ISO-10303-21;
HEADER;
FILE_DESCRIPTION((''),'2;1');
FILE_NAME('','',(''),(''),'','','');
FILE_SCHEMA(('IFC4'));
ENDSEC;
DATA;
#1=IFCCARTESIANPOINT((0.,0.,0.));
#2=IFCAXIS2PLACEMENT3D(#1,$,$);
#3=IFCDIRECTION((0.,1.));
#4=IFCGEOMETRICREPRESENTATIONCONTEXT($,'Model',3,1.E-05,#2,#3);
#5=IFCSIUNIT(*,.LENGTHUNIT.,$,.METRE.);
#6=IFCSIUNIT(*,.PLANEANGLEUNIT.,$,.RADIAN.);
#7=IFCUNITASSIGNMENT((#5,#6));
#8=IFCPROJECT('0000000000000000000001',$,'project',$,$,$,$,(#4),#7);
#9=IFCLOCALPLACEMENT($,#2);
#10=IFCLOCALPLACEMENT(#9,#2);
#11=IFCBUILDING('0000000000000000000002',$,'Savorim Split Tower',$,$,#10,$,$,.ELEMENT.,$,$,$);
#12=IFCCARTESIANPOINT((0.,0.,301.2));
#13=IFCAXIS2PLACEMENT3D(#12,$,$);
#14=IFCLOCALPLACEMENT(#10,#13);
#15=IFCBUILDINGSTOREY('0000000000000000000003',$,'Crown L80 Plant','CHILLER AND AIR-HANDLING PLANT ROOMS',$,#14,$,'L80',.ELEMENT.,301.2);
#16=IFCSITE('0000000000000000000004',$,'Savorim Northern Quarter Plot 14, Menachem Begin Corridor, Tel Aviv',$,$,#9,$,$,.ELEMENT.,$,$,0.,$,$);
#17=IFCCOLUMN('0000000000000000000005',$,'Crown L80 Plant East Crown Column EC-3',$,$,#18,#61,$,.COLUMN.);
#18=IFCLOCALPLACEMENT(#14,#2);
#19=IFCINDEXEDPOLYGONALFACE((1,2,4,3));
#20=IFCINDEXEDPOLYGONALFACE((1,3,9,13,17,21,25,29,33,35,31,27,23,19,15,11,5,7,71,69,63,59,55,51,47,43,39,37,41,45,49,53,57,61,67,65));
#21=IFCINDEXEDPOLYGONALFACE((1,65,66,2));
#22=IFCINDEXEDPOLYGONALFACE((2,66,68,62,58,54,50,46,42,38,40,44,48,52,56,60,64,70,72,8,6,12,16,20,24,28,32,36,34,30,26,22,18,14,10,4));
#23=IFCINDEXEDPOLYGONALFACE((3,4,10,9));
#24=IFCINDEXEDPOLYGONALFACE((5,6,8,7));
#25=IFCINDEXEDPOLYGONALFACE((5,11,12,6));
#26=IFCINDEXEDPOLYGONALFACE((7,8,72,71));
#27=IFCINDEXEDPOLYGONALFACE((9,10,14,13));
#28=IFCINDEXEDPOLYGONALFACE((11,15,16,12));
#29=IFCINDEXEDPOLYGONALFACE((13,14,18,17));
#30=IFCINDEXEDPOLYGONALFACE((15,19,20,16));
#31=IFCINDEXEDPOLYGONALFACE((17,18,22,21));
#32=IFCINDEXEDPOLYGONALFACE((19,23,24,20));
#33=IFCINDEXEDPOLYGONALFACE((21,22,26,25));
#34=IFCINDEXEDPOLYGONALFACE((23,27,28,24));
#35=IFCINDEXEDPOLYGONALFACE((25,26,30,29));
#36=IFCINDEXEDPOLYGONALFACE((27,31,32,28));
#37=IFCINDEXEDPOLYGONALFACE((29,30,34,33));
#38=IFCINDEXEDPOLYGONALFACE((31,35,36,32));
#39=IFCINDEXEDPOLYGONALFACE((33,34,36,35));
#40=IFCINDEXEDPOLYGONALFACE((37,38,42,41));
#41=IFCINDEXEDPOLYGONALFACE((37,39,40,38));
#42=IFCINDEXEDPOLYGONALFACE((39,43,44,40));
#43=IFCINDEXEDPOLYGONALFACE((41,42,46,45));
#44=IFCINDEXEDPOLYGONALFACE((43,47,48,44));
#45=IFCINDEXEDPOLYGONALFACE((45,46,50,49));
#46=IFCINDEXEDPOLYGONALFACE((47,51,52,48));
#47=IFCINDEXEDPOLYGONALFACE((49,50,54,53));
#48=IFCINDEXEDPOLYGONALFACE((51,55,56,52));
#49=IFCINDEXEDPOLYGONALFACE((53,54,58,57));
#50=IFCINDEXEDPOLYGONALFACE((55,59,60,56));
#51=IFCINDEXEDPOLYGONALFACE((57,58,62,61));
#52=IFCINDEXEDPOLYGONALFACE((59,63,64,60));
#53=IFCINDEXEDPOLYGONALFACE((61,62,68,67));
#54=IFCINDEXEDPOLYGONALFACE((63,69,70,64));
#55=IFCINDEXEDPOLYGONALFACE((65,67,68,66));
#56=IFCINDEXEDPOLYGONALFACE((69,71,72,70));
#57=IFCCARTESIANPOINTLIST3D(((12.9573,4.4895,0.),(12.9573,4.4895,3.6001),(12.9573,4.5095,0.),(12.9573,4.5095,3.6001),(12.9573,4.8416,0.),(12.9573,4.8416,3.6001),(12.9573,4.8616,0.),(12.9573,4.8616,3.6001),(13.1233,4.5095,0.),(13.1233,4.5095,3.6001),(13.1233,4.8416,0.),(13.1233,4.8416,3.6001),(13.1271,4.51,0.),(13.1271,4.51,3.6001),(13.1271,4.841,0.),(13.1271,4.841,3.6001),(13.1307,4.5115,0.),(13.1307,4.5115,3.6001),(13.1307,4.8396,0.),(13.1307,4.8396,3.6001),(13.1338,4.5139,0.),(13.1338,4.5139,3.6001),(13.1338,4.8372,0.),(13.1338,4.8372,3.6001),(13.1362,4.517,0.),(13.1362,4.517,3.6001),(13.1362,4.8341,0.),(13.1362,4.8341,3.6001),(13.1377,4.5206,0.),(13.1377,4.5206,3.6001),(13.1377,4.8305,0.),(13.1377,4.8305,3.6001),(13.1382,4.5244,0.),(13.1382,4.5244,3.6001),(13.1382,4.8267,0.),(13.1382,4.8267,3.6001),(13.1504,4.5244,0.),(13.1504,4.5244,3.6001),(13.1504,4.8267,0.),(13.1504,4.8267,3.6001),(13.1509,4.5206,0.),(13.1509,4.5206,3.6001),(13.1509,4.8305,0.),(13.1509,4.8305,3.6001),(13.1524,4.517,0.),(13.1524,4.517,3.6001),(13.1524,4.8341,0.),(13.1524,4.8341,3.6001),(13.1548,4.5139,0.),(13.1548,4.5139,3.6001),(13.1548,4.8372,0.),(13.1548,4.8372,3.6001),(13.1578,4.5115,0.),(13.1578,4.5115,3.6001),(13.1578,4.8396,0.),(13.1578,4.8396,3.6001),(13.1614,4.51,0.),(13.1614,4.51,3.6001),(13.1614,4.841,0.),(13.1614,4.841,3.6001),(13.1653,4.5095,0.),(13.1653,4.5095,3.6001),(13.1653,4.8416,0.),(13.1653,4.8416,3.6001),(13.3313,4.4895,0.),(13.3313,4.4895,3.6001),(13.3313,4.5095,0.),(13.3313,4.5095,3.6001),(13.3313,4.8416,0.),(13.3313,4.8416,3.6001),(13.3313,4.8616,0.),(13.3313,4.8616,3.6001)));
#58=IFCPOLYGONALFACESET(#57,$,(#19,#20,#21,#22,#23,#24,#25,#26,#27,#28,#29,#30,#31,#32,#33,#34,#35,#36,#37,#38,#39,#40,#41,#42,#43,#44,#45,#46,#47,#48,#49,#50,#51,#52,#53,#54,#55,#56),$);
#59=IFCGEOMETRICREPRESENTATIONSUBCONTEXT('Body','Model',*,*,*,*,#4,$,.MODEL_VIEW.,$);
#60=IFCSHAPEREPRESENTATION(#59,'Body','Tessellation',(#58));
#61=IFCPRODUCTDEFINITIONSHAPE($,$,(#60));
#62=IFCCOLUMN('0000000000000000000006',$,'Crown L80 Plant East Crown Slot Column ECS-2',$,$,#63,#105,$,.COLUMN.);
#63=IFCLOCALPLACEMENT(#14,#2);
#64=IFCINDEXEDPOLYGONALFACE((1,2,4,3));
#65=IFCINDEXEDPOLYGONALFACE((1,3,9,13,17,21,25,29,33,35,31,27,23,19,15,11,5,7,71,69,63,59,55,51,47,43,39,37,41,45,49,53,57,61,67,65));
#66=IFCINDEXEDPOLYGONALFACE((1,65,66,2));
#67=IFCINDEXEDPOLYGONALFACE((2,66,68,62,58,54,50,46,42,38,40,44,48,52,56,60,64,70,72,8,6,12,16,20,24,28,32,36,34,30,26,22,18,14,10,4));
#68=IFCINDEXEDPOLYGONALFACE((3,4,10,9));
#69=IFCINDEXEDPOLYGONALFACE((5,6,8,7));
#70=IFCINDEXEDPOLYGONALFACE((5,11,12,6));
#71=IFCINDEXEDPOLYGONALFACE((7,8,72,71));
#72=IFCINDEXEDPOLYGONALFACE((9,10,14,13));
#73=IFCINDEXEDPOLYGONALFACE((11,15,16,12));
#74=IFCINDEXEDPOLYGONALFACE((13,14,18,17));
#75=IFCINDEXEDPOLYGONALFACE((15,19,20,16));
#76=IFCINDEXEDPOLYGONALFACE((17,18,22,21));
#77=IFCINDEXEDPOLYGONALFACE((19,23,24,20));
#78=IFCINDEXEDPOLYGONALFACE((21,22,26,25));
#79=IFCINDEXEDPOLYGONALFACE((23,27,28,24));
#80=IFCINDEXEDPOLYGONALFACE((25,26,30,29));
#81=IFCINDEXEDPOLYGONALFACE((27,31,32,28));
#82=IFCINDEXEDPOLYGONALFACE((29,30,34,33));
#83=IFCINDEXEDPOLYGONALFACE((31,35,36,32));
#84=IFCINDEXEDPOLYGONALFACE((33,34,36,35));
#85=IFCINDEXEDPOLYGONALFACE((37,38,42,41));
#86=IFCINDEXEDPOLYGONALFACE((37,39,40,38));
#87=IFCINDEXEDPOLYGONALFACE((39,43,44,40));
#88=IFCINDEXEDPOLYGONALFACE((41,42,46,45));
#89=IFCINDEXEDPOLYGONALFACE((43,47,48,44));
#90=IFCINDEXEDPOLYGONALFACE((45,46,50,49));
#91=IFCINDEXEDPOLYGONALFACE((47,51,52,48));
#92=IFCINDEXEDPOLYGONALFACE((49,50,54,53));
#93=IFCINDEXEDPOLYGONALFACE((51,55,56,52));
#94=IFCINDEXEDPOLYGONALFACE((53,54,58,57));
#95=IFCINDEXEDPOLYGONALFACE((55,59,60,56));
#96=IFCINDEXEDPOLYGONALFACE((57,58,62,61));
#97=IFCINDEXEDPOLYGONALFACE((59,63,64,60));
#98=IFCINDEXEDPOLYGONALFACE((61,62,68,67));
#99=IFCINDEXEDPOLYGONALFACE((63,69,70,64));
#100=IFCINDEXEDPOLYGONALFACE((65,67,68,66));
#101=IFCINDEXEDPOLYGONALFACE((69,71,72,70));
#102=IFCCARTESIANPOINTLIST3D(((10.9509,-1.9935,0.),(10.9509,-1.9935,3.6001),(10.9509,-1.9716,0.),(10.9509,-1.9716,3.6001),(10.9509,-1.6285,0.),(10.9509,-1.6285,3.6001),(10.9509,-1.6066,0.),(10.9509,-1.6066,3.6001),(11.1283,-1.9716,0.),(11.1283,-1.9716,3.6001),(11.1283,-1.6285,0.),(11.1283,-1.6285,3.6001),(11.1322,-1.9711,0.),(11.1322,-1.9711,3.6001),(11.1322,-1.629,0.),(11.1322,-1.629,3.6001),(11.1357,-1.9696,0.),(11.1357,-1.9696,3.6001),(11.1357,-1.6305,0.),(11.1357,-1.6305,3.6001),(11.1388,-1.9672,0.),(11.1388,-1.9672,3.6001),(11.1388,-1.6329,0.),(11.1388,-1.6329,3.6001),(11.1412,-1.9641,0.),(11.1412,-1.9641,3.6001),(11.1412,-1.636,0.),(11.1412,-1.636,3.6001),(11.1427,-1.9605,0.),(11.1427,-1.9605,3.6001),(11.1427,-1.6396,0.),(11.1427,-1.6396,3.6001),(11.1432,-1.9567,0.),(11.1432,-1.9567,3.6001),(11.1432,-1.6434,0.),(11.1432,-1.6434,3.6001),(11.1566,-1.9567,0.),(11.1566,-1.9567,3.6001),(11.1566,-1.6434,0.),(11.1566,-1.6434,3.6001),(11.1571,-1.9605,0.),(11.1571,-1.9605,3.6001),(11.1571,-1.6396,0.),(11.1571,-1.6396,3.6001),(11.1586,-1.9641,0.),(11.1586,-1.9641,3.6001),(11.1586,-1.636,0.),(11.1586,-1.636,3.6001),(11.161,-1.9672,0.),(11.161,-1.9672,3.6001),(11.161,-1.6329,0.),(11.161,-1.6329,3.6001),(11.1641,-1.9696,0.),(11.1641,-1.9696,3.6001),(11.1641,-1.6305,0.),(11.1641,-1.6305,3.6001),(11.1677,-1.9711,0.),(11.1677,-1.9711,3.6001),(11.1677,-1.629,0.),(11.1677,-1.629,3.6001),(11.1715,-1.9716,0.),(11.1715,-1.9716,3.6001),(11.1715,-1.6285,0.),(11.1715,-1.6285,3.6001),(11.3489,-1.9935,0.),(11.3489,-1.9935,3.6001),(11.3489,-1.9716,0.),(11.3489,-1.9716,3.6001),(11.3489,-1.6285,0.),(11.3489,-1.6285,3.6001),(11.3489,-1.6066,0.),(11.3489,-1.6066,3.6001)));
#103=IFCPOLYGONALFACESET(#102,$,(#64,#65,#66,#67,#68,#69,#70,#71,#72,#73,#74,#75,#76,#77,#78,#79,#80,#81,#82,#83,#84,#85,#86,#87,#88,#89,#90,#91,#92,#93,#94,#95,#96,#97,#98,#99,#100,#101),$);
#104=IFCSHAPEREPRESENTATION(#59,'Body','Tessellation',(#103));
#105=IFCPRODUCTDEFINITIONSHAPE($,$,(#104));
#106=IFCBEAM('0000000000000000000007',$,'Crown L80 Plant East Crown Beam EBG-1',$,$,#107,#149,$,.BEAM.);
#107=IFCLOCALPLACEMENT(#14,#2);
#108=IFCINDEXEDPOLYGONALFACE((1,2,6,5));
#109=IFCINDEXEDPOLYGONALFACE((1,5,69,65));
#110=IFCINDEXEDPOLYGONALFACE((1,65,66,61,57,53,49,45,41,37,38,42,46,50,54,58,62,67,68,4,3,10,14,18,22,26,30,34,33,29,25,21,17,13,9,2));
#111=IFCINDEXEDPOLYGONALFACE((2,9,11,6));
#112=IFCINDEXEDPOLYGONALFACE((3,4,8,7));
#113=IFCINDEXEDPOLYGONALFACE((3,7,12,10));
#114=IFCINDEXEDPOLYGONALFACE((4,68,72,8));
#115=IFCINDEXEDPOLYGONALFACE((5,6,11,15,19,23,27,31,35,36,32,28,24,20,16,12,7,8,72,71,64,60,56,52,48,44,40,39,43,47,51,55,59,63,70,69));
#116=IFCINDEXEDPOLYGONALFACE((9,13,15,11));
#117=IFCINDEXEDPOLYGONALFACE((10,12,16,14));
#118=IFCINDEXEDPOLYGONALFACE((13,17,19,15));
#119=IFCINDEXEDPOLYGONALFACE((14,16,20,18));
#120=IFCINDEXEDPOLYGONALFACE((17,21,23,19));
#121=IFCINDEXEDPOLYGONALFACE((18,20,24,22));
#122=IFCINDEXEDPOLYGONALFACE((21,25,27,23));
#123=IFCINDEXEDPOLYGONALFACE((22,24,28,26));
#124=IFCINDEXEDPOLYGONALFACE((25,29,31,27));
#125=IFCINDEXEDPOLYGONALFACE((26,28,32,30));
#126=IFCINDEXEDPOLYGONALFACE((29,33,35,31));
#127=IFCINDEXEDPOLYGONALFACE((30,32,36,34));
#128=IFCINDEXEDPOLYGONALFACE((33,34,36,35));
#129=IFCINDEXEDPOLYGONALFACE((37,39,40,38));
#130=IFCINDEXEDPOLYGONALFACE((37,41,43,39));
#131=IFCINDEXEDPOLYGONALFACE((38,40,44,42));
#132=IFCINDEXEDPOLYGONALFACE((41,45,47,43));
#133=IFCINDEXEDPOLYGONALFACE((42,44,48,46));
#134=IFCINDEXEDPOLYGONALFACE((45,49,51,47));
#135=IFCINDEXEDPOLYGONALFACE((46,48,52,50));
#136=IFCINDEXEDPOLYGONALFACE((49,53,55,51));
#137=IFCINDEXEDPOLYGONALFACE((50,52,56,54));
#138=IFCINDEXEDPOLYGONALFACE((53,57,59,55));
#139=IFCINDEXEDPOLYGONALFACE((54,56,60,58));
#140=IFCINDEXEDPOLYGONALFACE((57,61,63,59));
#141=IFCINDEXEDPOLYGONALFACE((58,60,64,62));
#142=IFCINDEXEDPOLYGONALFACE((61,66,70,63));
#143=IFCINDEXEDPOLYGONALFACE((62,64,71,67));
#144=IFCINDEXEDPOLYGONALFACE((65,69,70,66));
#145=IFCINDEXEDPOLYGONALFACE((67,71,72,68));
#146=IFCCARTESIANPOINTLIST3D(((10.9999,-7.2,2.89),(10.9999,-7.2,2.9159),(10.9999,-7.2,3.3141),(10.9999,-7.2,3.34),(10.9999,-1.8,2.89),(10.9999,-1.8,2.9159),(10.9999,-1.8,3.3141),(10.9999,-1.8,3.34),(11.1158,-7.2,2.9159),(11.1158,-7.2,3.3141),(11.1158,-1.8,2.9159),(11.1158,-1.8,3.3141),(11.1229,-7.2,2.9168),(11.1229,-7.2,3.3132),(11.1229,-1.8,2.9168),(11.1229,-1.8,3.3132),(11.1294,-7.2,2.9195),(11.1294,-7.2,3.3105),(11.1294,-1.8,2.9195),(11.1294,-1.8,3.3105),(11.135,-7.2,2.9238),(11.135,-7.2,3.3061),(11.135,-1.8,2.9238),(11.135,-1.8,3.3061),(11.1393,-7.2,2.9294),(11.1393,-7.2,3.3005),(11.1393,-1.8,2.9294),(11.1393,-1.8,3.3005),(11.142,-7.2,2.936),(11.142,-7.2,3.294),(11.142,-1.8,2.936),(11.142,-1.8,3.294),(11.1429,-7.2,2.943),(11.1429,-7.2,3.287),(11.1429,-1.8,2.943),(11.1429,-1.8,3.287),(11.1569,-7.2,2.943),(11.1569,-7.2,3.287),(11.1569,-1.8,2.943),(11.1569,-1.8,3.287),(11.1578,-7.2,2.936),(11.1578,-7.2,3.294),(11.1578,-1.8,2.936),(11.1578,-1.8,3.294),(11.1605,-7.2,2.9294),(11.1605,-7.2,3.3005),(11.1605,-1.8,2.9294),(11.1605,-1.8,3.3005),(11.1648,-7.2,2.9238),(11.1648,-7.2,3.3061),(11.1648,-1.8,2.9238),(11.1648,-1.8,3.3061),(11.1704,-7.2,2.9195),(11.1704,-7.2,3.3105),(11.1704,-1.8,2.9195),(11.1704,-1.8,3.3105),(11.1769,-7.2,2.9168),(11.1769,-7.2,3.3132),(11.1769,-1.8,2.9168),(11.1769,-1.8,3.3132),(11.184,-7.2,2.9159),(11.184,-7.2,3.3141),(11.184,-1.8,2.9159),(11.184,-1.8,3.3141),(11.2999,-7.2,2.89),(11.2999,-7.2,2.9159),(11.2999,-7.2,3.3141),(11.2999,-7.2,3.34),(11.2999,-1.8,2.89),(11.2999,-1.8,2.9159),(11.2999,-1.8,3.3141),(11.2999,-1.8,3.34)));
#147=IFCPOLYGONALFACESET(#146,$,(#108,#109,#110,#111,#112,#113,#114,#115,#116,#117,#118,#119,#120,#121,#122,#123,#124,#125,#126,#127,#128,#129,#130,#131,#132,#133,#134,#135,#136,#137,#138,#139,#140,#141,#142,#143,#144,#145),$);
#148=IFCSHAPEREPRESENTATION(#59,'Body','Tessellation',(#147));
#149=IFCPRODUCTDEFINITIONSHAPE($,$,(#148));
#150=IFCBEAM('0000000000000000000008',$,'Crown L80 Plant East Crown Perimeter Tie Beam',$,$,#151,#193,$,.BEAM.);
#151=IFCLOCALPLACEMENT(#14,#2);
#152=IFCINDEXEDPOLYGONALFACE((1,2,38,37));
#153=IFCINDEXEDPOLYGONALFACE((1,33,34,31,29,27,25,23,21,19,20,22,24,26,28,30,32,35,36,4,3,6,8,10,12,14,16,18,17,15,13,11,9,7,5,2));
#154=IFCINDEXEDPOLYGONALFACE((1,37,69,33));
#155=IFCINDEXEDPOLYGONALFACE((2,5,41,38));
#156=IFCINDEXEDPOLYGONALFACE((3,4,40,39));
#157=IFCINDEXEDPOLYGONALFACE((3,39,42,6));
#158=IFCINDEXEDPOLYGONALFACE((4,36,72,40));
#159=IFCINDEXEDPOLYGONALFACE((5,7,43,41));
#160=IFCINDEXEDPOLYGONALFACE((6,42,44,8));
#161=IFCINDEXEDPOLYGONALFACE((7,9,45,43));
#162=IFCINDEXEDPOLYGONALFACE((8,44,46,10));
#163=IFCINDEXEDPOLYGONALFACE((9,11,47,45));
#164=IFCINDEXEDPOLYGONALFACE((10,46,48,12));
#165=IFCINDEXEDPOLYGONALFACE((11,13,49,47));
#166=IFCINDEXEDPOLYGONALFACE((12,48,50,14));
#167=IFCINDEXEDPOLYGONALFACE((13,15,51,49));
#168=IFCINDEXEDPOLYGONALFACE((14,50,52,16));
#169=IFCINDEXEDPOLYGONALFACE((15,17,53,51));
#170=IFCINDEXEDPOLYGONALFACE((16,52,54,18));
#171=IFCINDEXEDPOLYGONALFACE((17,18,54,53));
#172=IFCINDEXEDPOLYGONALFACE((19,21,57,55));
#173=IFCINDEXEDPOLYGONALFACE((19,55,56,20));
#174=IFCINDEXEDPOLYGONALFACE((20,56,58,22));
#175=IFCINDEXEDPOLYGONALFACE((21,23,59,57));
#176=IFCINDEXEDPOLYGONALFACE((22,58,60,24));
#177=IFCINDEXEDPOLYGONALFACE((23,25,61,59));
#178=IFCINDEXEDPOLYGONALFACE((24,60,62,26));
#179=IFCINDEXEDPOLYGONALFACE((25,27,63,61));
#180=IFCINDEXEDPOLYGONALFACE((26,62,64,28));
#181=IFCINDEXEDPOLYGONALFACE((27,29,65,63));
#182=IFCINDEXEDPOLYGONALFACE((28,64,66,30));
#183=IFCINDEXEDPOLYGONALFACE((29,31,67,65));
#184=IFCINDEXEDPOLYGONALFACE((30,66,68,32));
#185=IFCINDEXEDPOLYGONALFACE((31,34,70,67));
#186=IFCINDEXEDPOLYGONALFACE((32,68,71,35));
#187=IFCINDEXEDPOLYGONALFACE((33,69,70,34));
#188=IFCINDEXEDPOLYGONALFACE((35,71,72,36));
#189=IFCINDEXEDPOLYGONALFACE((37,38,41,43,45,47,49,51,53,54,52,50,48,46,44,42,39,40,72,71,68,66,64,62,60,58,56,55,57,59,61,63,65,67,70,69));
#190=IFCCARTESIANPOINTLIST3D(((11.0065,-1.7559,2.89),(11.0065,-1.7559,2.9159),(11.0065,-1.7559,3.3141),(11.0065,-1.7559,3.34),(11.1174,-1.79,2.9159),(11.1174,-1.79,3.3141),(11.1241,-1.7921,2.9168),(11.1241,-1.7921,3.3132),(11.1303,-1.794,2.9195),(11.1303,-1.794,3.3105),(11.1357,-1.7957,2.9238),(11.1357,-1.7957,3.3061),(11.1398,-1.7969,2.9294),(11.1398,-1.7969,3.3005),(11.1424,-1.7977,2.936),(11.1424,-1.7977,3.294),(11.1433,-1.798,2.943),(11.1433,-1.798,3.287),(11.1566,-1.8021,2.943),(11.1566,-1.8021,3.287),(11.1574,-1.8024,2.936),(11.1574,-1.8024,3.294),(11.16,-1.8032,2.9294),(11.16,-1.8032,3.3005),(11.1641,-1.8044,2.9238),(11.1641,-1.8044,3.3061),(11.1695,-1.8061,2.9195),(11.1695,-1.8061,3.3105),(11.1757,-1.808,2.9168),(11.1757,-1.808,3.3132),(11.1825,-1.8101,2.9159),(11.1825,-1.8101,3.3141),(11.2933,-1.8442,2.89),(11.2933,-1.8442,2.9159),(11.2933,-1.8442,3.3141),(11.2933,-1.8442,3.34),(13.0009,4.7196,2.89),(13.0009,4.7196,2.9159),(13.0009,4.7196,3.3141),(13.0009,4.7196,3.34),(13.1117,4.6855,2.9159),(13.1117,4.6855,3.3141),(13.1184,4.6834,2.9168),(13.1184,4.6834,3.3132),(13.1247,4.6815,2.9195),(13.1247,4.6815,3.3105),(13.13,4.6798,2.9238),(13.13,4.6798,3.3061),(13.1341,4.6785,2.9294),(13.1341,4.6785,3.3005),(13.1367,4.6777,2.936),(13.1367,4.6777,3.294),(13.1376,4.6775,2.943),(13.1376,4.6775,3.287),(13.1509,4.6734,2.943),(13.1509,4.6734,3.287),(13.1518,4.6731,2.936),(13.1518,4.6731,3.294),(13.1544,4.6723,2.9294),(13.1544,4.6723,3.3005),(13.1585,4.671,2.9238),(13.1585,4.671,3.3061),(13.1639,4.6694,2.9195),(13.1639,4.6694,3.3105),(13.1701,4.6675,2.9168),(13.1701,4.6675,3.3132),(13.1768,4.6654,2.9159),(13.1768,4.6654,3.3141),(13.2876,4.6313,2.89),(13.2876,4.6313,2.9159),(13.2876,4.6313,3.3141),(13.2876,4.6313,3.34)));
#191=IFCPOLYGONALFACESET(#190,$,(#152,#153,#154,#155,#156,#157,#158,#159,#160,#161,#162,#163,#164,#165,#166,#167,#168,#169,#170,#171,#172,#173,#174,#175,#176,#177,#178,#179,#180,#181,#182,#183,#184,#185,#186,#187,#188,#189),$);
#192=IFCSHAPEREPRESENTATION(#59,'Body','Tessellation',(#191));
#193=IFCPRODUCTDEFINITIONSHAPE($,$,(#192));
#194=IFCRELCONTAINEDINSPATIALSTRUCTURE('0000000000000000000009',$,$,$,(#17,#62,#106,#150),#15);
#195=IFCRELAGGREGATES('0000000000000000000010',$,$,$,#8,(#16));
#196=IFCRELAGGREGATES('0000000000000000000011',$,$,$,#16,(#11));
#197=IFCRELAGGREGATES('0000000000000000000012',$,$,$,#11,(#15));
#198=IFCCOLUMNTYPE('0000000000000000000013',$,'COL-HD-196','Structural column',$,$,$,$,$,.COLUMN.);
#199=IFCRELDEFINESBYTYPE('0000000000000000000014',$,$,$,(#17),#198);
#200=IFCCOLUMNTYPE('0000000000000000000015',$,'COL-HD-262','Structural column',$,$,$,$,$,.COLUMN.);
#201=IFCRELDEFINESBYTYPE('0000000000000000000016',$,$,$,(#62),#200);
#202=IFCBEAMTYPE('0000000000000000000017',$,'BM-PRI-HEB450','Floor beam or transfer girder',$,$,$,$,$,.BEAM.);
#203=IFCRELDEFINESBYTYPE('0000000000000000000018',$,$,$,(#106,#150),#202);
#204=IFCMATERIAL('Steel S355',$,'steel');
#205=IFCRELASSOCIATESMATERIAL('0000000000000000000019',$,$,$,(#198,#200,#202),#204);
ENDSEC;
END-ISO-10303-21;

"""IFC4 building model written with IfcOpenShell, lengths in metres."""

from ifc_helpers import new_model, si_unit, direction, frame, origin, origin_2d, place, context, subcontext, project, spatial, i_section, extrude, material, material_profile, profile_set, type_object, element, save


model = new_model("IFC4")

# Units and contexts
model_context = context("Model", 3, precision=1e-05, world=origin(), true_north=direction((0.0, 1.0)))
body_context = subcontext(model_context, "Body", "Model", "MODEL_VIEW")
ifc_project = project(units=[si_unit("LENGTHUNIT", "METRE"), si_unit("PLANEANGLEUNIT", "RADIAN")], contexts=[model_context])

# Site, building, storey
site_placement = place(None, origin())
site = spatial("IfcSite", under=ifc_project, at=site_placement, Name="Savorim Northern Quarter Plot 14, Menachem Begin Corridor, Tel Aviv", CompositionType="ELEMENT", RefElevation=0.0)
building_placement = place(site_placement, origin())
building = spatial("IfcBuilding", under=site, at=building_placement, Name="Savorim Split Tower", CompositionType="ELEMENT")
storey_placement = place(building_placement, frame((0.0, 0.0, 301.2)))
storey = spatial("IfcBuildingStorey", under=building, at=storey_placement, Name="Crown L80 Plant", Description="CHILLER AND AIR-HANDLING PLANT ROOMS", LongName="L80", CompositionType="ELEMENT", Elevation=301.2)

# Columns
ifc_material_1 = material(Name="Steel S355", Category="steel")
ifc_material_profile_1 = material_profile(ifc_material_1, i_section(OverallWidth=0.374, OverallDepth=0.3721, WebThickness=0.0122, FlangeThickness=0.02, FilletRadius=0.0149, at=origin_2d()), Name="HD 360x196")
ifc_profile_set_1 = profile_set([ifc_material_profile_1], Name="Steel S355")
column_type_1 = type_object("IfcColumnType", Name="COL-HD-196", Description="Structural column", PredefinedType="COLUMN", material=ifc_profile_set_1)
column_1_placement = place(storey_placement, frame((13.1443, 4.6755, 0.0), z_axis=(0.0, 0.0, 1.0), x_axis=(1.0, 0.0, 0.0)))
element("IfcColumn", 1, at=column_1_placement, inside=storey, type_object=column_type_1, Name="Crown L80 Plant East Crown Column EC-3", PredefinedType="COLUMN", context=body_context, shape_type="SweptSolid", body=[
    extrude(i_section(OverallWidth=0.374, OverallDepth=0.3721, WebThickness=0.0122, FlangeThickness=0.02, FilletRadius=0.0149, at=origin_2d()), origin(), (0.0, 0.0, 1.0), 3.6001),
])
ifc_material_profile_2 = material_profile(ifc_material_1, i_section(OverallWidth=0.3979, OverallDepth=0.387, WebThickness=0.0134, FlangeThickness=0.022, FilletRadius=0.0149, at=origin_2d()), Name="HD 400x262")
ifc_profile_set_2 = profile_set([ifc_material_profile_2], Name="Steel S355")
column_type_2 = type_object("IfcColumnType", Name="COL-HD-262", Description="Structural column", PredefinedType="COLUMN", material=ifc_profile_set_2)
column_2_placement = place(storey_placement, frame((11.1499, -1.8, 0.0), z_axis=(0.0, 0.0, 1.0), x_axis=(1.0, 0.0, 0.0)))
element("IfcColumn", 2, at=column_2_placement, inside=storey, type_object=column_type_2, Name="Crown L80 Plant East Crown Slot Column ECS-2", PredefinedType="COLUMN", context=body_context, shape_type="SweptSolid", body=[
    extrude(i_section(OverallWidth=0.3979, OverallDepth=0.387, WebThickness=0.0134, FlangeThickness=0.022, FilletRadius=0.0149, at=origin_2d()), origin(), (0.0, 0.0, 1.0), 3.6001),
])

# Beams
ifc_material_profile_3 = material_profile(ifc_material_1, i_section(OverallWidth=0.3, OverallDepth=0.45, WebThickness=0.0139, FlangeThickness=0.0259, FilletRadius=0.0271, at=origin_2d()), Name="HEB 450")
ifc_profile_set_3 = profile_set([ifc_material_profile_3], Name="Steel S355")
beam_type = type_object("IfcBeamType", Name="BM-PRI-HEB450", Description="Floor beam or transfer girder", PredefinedType="BEAM", material=ifc_profile_set_3)
beam_1_placement = place(storey_placement, frame((11.1499, -1.8, 3.115), z_axis=(0.0, -1.0, 0.0), x_axis=(1.0, 0.0, 0.0)))
element("IfcBeam", 3, at=beam_1_placement, inside=storey, type_object=beam_type, Name="Crown L80 Plant East Crown Beam EBG-1", PredefinedType="BEAM", context=body_context, shape_type="SweptSolid", body=[
    extrude(i_section(OverallWidth=0.3, OverallDepth=0.45, WebThickness=0.0139, FlangeThickness=0.0259, FilletRadius=0.0271, at=origin_2d()), origin(), (0.0, 0.0, 1.0), 5.3999),
])
beam_2_placement = place(storey_placement, frame((11.1499, -1.8, 3.115), z_axis=(0.294342, 0.9557, 0.0), x_axis=(-0.9557, 0.294342, 0.0)))
element("IfcBeam", 4, at=beam_2_placement, inside=storey, type_object=beam_type, Name="Crown L80 Plant East Crown Perimeter Tie Beam", PredefinedType="BEAM", context=body_context, shape_type="SweptSolid", body=[
    extrude(i_section(OverallWidth=0.3, OverallDepth=0.45, WebThickness=0.0139, FlangeThickness=0.0259, FilletRadius=0.0271, at=origin_2d()), origin(), (0.0, 0.0, 1.0), 6.7756),
])

save(model, "model.ifc")
